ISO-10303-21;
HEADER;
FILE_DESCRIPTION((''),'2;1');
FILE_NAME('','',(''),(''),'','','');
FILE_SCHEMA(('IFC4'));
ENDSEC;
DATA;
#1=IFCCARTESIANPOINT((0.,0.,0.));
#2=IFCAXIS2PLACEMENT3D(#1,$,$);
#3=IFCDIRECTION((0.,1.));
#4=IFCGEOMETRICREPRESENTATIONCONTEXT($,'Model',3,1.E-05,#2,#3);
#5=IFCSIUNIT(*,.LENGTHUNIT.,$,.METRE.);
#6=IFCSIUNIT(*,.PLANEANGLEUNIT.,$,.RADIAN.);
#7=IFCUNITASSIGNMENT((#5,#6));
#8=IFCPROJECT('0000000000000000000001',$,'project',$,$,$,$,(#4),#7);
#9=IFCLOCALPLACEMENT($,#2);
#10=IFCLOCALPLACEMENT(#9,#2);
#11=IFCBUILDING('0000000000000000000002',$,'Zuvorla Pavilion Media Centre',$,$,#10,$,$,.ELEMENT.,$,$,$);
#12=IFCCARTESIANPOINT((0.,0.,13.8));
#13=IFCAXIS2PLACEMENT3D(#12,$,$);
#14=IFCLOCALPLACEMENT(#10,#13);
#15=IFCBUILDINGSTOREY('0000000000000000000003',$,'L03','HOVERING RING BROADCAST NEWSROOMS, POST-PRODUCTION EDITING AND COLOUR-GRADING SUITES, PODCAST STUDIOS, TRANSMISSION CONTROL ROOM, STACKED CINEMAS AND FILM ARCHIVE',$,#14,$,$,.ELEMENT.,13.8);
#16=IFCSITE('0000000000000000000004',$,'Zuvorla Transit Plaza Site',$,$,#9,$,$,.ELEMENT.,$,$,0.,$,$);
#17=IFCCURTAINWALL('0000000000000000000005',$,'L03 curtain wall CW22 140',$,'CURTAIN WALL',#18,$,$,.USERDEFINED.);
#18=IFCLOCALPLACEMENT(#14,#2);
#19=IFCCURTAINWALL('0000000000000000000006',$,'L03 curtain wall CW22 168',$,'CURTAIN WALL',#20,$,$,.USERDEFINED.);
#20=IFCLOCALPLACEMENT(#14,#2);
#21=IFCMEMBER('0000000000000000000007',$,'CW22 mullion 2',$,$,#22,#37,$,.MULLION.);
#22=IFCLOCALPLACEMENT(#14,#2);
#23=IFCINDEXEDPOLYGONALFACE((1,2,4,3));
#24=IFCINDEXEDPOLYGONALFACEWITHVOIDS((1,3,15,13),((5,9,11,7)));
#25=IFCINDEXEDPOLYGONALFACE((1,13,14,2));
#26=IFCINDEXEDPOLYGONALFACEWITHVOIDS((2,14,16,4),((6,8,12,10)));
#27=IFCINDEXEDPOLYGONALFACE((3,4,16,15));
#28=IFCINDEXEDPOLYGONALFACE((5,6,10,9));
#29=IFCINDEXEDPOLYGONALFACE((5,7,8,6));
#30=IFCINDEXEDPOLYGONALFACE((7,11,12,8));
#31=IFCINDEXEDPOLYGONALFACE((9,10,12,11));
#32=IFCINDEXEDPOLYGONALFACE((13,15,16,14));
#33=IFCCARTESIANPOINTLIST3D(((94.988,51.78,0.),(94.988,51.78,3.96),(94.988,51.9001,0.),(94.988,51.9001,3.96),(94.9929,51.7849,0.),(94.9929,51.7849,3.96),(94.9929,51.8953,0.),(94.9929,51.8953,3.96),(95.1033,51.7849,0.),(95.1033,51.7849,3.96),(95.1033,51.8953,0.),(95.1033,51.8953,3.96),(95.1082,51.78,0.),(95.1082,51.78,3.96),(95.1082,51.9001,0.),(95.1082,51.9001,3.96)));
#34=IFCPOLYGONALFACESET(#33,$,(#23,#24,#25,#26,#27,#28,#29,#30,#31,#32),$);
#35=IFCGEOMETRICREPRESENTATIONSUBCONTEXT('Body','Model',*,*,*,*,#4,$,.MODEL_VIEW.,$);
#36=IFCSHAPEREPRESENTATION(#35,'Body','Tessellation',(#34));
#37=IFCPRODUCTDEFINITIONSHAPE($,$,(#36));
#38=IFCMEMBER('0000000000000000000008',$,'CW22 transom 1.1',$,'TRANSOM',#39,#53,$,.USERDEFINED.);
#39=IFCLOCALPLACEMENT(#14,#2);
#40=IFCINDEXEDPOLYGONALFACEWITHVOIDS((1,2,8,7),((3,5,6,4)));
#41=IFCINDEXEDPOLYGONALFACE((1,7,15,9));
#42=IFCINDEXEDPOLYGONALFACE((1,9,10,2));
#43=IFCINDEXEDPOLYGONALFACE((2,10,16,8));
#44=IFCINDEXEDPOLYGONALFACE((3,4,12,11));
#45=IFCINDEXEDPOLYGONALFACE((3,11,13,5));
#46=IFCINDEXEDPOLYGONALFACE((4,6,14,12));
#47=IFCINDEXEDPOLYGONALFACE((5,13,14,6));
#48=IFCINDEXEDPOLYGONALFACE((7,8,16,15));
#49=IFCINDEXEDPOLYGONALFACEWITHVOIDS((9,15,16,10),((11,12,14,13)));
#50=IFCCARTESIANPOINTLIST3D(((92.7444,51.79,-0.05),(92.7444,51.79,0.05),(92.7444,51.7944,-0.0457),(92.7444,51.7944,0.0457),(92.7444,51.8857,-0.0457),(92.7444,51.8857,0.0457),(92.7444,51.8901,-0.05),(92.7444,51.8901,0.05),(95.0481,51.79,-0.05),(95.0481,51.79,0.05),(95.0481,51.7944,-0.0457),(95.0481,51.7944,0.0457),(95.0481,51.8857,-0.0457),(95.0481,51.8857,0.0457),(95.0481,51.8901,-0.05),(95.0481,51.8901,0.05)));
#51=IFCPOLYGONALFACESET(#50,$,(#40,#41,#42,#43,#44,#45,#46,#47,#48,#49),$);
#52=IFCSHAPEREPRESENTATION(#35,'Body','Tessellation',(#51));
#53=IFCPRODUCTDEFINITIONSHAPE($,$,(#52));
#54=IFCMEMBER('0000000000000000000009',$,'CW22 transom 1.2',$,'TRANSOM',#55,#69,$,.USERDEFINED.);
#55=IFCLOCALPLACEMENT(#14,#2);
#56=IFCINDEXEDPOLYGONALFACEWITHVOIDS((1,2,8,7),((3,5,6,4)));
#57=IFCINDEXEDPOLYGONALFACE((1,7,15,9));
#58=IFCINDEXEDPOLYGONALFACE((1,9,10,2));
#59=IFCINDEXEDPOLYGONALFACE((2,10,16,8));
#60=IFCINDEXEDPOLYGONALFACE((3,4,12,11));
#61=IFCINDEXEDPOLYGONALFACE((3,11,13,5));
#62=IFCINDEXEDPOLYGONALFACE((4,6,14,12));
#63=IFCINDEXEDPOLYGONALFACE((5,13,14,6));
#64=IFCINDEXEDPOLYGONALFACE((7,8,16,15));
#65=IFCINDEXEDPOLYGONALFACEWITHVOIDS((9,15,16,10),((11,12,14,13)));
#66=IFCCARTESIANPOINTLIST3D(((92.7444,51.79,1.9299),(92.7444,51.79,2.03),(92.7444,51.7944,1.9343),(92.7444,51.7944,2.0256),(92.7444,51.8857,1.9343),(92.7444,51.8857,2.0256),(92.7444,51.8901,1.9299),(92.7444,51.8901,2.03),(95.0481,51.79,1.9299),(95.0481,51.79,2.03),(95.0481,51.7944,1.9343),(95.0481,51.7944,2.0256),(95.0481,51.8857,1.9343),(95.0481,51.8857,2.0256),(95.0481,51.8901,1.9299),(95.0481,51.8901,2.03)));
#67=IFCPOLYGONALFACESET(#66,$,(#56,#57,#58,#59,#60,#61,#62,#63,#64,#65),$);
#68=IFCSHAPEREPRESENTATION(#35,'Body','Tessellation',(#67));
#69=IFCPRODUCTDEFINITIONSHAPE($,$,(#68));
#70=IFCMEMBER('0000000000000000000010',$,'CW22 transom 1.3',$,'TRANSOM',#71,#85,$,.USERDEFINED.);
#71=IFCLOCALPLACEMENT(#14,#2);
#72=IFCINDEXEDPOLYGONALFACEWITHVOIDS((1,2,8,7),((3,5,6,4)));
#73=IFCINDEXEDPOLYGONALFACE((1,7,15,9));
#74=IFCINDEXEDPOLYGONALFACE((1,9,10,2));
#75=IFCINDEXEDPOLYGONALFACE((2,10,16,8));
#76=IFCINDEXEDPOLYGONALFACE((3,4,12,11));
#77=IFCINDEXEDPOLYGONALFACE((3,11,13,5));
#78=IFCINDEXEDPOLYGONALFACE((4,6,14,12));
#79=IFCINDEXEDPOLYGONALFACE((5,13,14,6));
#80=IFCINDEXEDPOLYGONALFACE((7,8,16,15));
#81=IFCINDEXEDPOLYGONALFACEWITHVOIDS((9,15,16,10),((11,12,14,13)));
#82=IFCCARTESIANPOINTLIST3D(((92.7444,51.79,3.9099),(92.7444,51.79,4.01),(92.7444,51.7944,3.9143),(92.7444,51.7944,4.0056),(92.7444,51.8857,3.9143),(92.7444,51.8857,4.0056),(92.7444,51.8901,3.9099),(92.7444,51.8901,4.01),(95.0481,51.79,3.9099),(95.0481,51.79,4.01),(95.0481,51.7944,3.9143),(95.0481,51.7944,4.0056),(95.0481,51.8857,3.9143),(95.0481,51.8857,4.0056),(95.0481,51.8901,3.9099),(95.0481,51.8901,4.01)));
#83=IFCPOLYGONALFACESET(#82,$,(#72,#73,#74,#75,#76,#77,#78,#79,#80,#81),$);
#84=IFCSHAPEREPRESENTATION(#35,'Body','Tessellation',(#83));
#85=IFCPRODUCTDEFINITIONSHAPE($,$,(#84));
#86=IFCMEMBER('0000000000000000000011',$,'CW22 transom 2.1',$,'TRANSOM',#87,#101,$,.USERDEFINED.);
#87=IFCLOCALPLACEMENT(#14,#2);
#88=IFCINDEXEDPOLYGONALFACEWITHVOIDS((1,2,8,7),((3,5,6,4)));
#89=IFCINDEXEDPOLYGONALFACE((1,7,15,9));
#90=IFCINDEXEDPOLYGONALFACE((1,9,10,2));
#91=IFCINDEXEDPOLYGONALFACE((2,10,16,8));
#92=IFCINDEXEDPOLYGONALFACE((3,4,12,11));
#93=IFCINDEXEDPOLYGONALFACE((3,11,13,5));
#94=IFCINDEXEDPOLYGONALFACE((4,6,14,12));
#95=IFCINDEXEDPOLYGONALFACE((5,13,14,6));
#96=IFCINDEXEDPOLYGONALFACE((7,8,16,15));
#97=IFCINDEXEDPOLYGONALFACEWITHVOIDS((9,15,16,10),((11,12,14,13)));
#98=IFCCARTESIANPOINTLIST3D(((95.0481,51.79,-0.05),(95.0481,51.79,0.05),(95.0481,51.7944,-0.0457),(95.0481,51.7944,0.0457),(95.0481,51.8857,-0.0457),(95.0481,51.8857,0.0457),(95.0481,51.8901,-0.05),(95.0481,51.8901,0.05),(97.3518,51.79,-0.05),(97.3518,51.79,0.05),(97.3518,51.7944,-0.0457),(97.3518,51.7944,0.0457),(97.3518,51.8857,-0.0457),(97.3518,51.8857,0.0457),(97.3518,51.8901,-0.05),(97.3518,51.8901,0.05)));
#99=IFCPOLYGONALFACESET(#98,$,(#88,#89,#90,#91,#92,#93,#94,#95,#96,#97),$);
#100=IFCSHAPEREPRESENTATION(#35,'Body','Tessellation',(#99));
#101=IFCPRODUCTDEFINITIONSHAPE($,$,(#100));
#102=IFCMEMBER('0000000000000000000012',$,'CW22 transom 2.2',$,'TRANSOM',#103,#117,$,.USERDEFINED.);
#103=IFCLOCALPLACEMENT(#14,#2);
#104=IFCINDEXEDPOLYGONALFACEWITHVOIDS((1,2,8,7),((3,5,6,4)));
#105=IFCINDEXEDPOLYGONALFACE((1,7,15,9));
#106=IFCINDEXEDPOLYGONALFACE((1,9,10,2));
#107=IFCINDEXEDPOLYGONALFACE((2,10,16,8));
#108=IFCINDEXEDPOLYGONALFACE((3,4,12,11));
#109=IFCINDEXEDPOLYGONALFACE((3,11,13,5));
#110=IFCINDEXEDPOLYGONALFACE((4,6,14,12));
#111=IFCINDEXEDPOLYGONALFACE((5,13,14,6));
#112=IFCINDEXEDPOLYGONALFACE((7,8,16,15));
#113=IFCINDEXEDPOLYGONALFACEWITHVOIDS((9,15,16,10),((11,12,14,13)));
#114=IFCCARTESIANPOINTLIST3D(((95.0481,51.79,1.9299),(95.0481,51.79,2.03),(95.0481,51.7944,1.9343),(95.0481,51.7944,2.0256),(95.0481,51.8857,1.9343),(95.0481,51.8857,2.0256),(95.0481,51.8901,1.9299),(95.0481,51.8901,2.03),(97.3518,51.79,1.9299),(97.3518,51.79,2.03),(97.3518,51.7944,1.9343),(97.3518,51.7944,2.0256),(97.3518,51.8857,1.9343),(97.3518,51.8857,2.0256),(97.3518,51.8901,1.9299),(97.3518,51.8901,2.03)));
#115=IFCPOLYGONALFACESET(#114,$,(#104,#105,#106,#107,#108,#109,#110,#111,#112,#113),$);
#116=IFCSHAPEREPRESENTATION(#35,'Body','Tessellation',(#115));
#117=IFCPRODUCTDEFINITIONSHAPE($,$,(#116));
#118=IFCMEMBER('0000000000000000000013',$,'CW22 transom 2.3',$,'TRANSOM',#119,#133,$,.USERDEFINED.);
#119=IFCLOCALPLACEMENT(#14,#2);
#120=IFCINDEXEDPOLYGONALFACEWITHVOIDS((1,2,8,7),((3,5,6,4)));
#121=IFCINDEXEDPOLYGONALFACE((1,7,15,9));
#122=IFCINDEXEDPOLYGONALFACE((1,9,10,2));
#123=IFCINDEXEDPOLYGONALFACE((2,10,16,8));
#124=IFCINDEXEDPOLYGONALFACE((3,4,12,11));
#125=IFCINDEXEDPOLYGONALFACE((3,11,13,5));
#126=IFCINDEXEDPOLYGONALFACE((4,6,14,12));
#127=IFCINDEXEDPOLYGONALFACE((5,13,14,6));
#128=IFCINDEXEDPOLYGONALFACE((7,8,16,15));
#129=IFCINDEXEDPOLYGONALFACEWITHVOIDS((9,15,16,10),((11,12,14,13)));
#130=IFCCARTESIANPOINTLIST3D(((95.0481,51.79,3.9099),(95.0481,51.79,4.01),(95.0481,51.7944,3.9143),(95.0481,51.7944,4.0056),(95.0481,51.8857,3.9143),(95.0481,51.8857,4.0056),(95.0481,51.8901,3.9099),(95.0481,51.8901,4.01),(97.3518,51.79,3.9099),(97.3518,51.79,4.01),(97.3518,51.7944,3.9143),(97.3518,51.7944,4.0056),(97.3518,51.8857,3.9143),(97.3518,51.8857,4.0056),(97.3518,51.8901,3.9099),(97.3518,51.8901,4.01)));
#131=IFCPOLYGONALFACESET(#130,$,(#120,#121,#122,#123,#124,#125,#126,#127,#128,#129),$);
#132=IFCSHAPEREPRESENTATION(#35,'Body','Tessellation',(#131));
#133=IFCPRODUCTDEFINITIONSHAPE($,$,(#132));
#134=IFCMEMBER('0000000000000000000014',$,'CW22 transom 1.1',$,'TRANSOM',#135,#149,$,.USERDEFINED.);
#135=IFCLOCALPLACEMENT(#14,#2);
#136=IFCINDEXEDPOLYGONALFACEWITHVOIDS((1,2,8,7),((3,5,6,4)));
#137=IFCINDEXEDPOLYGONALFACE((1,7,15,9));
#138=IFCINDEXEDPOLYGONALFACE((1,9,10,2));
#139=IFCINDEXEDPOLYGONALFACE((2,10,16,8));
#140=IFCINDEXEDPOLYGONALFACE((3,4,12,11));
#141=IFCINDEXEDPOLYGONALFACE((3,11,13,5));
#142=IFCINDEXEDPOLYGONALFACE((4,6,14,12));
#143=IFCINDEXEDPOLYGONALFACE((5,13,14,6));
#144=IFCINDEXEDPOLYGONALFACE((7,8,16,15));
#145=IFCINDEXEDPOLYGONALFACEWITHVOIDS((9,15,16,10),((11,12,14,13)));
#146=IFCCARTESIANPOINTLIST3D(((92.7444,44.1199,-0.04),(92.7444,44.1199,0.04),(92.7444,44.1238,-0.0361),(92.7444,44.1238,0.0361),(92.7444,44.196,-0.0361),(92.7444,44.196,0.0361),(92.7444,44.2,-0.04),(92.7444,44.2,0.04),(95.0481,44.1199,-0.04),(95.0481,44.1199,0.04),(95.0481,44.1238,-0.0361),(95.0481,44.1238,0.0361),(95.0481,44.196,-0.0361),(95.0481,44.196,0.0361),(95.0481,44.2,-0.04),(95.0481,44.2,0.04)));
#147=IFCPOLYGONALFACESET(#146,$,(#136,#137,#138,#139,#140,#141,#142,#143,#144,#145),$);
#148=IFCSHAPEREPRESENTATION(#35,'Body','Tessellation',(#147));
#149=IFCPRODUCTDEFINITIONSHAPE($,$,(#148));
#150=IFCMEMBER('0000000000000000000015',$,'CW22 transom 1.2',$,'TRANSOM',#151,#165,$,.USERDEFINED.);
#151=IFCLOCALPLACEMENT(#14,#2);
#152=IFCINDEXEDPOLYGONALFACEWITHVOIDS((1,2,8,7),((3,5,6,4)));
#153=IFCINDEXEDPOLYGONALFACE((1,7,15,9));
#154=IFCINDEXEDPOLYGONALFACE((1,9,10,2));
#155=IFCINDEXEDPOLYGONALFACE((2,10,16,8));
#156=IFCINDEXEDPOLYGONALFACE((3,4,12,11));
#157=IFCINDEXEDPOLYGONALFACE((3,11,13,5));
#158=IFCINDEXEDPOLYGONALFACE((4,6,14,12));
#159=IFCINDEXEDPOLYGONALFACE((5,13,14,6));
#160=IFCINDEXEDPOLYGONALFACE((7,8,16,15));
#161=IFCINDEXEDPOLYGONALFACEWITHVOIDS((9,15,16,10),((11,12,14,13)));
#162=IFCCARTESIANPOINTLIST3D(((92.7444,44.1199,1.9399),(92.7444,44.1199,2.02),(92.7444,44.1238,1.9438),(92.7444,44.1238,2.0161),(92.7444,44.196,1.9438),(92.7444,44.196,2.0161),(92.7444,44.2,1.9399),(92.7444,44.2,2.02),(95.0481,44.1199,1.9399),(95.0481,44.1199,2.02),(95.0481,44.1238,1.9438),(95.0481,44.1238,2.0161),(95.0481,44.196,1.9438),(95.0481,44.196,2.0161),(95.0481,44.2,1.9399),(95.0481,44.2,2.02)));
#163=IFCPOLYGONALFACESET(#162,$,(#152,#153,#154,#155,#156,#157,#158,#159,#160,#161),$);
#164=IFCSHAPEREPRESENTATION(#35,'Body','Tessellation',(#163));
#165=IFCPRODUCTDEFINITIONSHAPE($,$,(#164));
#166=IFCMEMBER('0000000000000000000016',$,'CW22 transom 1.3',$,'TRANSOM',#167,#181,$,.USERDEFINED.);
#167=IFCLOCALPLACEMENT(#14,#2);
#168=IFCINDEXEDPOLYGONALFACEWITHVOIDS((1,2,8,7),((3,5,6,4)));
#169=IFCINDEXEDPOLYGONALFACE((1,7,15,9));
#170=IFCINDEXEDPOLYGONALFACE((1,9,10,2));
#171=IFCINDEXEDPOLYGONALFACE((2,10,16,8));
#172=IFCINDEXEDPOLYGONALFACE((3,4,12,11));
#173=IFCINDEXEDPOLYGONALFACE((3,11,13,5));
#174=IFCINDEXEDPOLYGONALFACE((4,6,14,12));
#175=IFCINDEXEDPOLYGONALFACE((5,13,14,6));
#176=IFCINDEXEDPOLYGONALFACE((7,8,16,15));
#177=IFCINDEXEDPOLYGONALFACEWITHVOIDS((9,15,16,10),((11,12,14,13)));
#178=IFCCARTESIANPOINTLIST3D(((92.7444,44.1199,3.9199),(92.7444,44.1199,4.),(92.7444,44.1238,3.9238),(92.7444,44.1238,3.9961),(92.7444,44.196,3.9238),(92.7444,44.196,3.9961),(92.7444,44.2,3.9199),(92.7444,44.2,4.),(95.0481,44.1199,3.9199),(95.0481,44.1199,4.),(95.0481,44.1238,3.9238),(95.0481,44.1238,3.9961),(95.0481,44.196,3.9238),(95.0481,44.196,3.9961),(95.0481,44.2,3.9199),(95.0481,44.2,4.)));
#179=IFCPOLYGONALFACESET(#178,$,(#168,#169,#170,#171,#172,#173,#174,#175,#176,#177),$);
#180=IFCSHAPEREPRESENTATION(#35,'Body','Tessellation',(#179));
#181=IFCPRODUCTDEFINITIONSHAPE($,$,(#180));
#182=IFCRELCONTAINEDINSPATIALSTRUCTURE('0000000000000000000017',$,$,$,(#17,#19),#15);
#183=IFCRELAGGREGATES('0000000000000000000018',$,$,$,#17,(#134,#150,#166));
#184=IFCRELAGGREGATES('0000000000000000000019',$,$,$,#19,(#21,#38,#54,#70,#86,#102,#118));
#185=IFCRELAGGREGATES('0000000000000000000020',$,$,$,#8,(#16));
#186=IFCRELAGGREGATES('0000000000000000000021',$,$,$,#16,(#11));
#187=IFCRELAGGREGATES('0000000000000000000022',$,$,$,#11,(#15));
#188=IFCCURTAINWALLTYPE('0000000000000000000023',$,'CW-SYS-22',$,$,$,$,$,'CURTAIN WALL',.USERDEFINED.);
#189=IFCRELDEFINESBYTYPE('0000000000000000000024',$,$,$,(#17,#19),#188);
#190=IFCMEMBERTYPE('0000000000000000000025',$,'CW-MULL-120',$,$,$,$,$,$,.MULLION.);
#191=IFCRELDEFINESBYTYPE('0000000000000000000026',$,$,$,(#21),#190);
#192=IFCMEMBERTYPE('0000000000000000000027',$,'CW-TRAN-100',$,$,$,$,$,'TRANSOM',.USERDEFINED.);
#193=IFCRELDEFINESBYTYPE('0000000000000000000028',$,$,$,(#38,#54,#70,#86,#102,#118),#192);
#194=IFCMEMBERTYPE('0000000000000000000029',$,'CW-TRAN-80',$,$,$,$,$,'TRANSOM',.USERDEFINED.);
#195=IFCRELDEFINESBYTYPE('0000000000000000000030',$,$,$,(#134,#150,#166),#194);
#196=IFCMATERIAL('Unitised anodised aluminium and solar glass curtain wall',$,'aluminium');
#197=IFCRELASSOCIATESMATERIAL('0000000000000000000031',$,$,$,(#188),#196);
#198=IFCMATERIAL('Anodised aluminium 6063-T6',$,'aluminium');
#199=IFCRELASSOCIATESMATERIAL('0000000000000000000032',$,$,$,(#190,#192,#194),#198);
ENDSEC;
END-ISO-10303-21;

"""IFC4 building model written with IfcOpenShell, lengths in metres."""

from ifc_helpers import new_model, si_unit, direction, frame, origin, origin_2d, place, context, subcontext, project, spatial, hollow_rectangle, extrude, material, material_profile, profile_set, type_object, element, aggregate, save


model = new_model("IFC4")

# Units and contexts
model_context = context("Model", 3, precision=1e-05, world=origin(), true_north=direction((0.0, 1.0)))
body_context = subcontext(model_context, "Body", "Model", "MODEL_VIEW")
ifc_project = project(units=[si_unit("LENGTHUNIT", "METRE"), si_unit("PLANEANGLEUNIT", "RADIAN")], contexts=[model_context])

# Site, building, storey
site_placement = place(None, origin())
site = spatial("IfcSite", under=ifc_project, at=site_placement, Name="Zuvorla Transit Plaza Site", CompositionType="ELEMENT", RefElevation=0.0)
building_placement = place(site_placement, origin())
building = spatial("IfcBuilding", under=site, at=building_placement, Name="Zuvorla Pavilion Media Centre", CompositionType="ELEMENT")
storey_placement = place(building_placement, frame((0.0, 0.0, 13.8)))
storey = spatial("IfcBuildingStorey", under=building, at=storey_placement, Name="L03", Description="HOVERING RING BROADCAST NEWSROOMS, POST-PRODUCTION EDITING AND COLOUR-GRADING SUITES, PODCAST STUDIOS, TRANSMISSION CONTROL ROOM, STACKED CINEMAS AND FILM ARCHIVE", CompositionType="ELEMENT", Elevation=13.8)

# Curtain walls, members
ifc_material_1 = material(Name="Unitised anodised aluminium and solar glass curtain wall", Category="aluminium")
curtain_wall_type_1 = type_object("IfcCurtainWallType", Name="CW-SYS-22", ElementType="CURTAIN WALL", PredefinedType="USERDEFINED", material=ifc_material_1)
curtain_wall_1_placement = place(storey_placement, origin())
curtain_wall_1 = element("IfcCurtainWall", 1, at=curtain_wall_1_placement, inside=storey, type_object=curtain_wall_type_1, Name="L03 curtain wall CW22 140", ObjectType="CURTAIN WALL", PredefinedType="USERDEFINED")
ifc_material_2 = material(Name="Anodised aluminium 6063-T6", Category="aluminium")
curtain_wall_2_placement = place(storey_placement, origin())
curtain_wall_2 = element("IfcCurtainWall", 2, at=curtain_wall_2_placement, inside=storey, type_object=curtain_wall_type_1, Name="L03 curtain wall CW22 168", ObjectType="CURTAIN WALL", PredefinedType="USERDEFINED")
ifc_material_profile_1 = material_profile(ifc_material_2, hollow_rectangle(XDim=0.1201, YDim=0.1201, WallThickness=0.0049, at=origin_2d()), Name="ALU MULL 120x120")
ifc_profile_set_1 = profile_set([ifc_material_profile_1], Name="Anodised aluminium 6063-T6")
member_type_1 = type_object("IfcMemberType", Name="CW-MULL-120", PredefinedType="MULLION", material=ifc_profile_set_1)
member_1_placement = place(storey_placement, frame((95.0481, 51.8401, 0.0), z_axis=(0.0, 0.0, 1.0), x_axis=(1.0, 0.0, 0.0)))
member_1 = element("IfcMember", 3, at=member_1_placement, type_object=member_type_1, Name="CW22 mullion 2", PredefinedType="MULLION", context=body_context, shape_type="SweptSolid", body=[
    extrude(hollow_rectangle(XDim=0.1201, YDim=0.1201, WallThickness=0.0049, at=origin_2d()), origin(), (0.0, 0.0, 1.0), 3.96),
])
ifc_material_profile_2 = material_profile(ifc_material_2, hollow_rectangle(XDim=0.1001, YDim=0.1001, WallThickness=0.0044, at=origin_2d()), Name="ALU TRAN 100x100")
ifc_profile_set_2 = profile_set([ifc_material_profile_2], Name="Anodised aluminium 6063-T6")
member_type_2 = type_object("IfcMemberType", Name="CW-TRAN-100", ElementType="TRANSOM", PredefinedType="USERDEFINED", material=ifc_profile_set_2)
member_2_placement = place(storey_placement, frame((92.7444, 51.8401, 0.0), z_axis=(1.0, 0.0, 0.0), x_axis=(0.0, 1.0, 0.0)))
member_2 = element("IfcMember", 4, at=member_2_placement, type_object=member_type_2, Name="CW22 transom 1.1", ObjectType="TRANSOM", PredefinedType="USERDEFINED", context=body_context, shape_type="SweptSolid", body=[
    extrude(hollow_rectangle(XDim=0.1001, YDim=0.1001, WallThickness=0.0044, at=origin_2d()), origin(), (0.0, 0.0, 1.0), 2.3037),
])
member_3_placement = place(storey_placement, frame((92.7444, 51.8401, 1.98), z_axis=(1.0, 0.0, 0.0), x_axis=(0.0, 1.0, 0.0)))
member_3 = element("IfcMember", 5, at=member_3_placement, type_object=member_type_2, Name="CW22 transom 1.2", ObjectType="TRANSOM", PredefinedType="USERDEFINED", context=body_context, shape_type="SweptSolid", body=[
    extrude(hollow_rectangle(XDim=0.1001, YDim=0.1001, WallThickness=0.0044, at=origin_2d()), origin(), (0.0, 0.0, 1.0), 2.3037),
])
member_4_placement = place(storey_placement, frame((92.7444, 51.8401, 3.96), z_axis=(1.0, 0.0, 0.0), x_axis=(0.0, 1.0, 0.0)))
member_4 = element("IfcMember", 6, at=member_4_placement, type_object=member_type_2, Name="CW22 transom 1.3", ObjectType="TRANSOM", PredefinedType="USERDEFINED", context=body_context, shape_type="SweptSolid", body=[
    extrude(hollow_rectangle(XDim=0.1001, YDim=0.1001, WallThickness=0.0044, at=origin_2d()), origin(), (0.0, 0.0, 1.0), 2.3037),
])
member_5_placement = place(storey_placement, frame((95.0481, 51.8401, 0.0), z_axis=(1.0, 0.0, 0.0), x_axis=(0.0, 1.0, 0.0)))
member_5 = element("IfcMember", 7, at=member_5_placement, type_object=member_type_2, Name="CW22 transom 2.1", ObjectType="TRANSOM", PredefinedType="USERDEFINED", context=body_context, shape_type="SweptSolid", body=[
    extrude(hollow_rectangle(XDim=0.1001, YDim=0.1001, WallThickness=0.0044, at=origin_2d()), origin(), (0.0, 0.0, 1.0), 2.3037),
])
member_6_placement = place(storey_placement, frame((95.0481, 51.8401, 1.98), z_axis=(1.0, 0.0, 0.0), x_axis=(0.0, 1.0, 0.0)))
member_6 = element("IfcMember", 8, at=member_6_placement, type_object=member_type_2, Name="CW22 transom 2.2", ObjectType="TRANSOM", PredefinedType="USERDEFINED", context=body_context, shape_type="SweptSolid", body=[
    extrude(hollow_rectangle(XDim=0.1001, YDim=0.1001, WallThickness=0.0044, at=origin_2d()), origin(), (0.0, 0.0, 1.0), 2.3037),
])
member_7_placement = place(storey_placement, frame((95.0481, 51.8401, 3.96), z_axis=(1.0, 0.0, 0.0), x_axis=(0.0, 1.0, 0.0)))
member_7 = element("IfcMember", 9, at=member_7_placement, type_object=member_type_2, Name="CW22 transom 2.3", ObjectType="TRANSOM", PredefinedType="USERDEFINED", context=body_context, shape_type="SweptSolid", body=[
    extrude(hollow_rectangle(XDim=0.1001, YDim=0.1001, WallThickness=0.0044, at=origin_2d()), origin(), (0.0, 0.0, 1.0), 2.3037),
])

# Members
ifc_material_profile_3 = material_profile(ifc_material_2, hollow_rectangle(XDim=0.0801, YDim=0.0801, WallThickness=0.0039, at=origin_2d()), Name="ALU TRAN 80x80")
ifc_profile_set_3 = profile_set([ifc_material_profile_3], Name="Anodised aluminium 6063-T6")
member_type_3 = type_object("IfcMemberType", Name="CW-TRAN-80", ElementType="TRANSOM", PredefinedType="USERDEFINED", material=ifc_profile_set_3)
member_8_placement = place(storey_placement, frame((92.7444, 44.1599, 0.0), z_axis=(1.0, 0.0, 0.0), x_axis=(0.0, 1.0, 0.0)))
member_8 = element("IfcMember", 10, at=member_8_placement, type_object=member_type_3, Name="CW22 transom 1.1", ObjectType="TRANSOM", PredefinedType="USERDEFINED", context=body_context, shape_type="SweptSolid", body=[
    extrude(hollow_rectangle(XDim=0.0801, YDim=0.0801, WallThickness=0.0039, at=origin_2d()), origin(), (0.0, 0.0, 1.0), 2.3037),
])
member_9_placement = place(storey_placement, frame((92.7444, 44.1599, 1.98), z_axis=(1.0, 0.0, 0.0), x_axis=(0.0, 1.0, 0.0)))
member_9 = element("IfcMember", 11, at=member_9_placement, type_object=member_type_3, Name="CW22 transom 1.2", ObjectType="TRANSOM", PredefinedType="USERDEFINED", context=body_context, shape_type="SweptSolid", body=[
    extrude(hollow_rectangle(XDim=0.0801, YDim=0.0801, WallThickness=0.0039, at=origin_2d()), origin(), (0.0, 0.0, 1.0), 2.3037),
])
member_10_placement = place(storey_placement, frame((92.7444, 44.1599, 3.96), z_axis=(1.0, 0.0, 0.0), x_axis=(0.0, 1.0, 0.0)))
member_10 = element("IfcMember", 12, at=member_10_placement, type_object=member_type_3, Name="CW22 transom 1.3", ObjectType="TRANSOM", PredefinedType="USERDEFINED", context=body_context, shape_type="SweptSolid", body=[
    extrude(hollow_rectangle(XDim=0.0801, YDim=0.0801, WallThickness=0.0039, at=origin_2d()), origin(), (0.0, 0.0, 1.0), 2.3037),
])

aggregate(curtain_wall_1, [member_8, member_9, member_10])
aggregate(curtain_wall_2, [member_1, member_2, member_3, member_4, member_5, member_6, member_7])

save(model, "model.ifc")
